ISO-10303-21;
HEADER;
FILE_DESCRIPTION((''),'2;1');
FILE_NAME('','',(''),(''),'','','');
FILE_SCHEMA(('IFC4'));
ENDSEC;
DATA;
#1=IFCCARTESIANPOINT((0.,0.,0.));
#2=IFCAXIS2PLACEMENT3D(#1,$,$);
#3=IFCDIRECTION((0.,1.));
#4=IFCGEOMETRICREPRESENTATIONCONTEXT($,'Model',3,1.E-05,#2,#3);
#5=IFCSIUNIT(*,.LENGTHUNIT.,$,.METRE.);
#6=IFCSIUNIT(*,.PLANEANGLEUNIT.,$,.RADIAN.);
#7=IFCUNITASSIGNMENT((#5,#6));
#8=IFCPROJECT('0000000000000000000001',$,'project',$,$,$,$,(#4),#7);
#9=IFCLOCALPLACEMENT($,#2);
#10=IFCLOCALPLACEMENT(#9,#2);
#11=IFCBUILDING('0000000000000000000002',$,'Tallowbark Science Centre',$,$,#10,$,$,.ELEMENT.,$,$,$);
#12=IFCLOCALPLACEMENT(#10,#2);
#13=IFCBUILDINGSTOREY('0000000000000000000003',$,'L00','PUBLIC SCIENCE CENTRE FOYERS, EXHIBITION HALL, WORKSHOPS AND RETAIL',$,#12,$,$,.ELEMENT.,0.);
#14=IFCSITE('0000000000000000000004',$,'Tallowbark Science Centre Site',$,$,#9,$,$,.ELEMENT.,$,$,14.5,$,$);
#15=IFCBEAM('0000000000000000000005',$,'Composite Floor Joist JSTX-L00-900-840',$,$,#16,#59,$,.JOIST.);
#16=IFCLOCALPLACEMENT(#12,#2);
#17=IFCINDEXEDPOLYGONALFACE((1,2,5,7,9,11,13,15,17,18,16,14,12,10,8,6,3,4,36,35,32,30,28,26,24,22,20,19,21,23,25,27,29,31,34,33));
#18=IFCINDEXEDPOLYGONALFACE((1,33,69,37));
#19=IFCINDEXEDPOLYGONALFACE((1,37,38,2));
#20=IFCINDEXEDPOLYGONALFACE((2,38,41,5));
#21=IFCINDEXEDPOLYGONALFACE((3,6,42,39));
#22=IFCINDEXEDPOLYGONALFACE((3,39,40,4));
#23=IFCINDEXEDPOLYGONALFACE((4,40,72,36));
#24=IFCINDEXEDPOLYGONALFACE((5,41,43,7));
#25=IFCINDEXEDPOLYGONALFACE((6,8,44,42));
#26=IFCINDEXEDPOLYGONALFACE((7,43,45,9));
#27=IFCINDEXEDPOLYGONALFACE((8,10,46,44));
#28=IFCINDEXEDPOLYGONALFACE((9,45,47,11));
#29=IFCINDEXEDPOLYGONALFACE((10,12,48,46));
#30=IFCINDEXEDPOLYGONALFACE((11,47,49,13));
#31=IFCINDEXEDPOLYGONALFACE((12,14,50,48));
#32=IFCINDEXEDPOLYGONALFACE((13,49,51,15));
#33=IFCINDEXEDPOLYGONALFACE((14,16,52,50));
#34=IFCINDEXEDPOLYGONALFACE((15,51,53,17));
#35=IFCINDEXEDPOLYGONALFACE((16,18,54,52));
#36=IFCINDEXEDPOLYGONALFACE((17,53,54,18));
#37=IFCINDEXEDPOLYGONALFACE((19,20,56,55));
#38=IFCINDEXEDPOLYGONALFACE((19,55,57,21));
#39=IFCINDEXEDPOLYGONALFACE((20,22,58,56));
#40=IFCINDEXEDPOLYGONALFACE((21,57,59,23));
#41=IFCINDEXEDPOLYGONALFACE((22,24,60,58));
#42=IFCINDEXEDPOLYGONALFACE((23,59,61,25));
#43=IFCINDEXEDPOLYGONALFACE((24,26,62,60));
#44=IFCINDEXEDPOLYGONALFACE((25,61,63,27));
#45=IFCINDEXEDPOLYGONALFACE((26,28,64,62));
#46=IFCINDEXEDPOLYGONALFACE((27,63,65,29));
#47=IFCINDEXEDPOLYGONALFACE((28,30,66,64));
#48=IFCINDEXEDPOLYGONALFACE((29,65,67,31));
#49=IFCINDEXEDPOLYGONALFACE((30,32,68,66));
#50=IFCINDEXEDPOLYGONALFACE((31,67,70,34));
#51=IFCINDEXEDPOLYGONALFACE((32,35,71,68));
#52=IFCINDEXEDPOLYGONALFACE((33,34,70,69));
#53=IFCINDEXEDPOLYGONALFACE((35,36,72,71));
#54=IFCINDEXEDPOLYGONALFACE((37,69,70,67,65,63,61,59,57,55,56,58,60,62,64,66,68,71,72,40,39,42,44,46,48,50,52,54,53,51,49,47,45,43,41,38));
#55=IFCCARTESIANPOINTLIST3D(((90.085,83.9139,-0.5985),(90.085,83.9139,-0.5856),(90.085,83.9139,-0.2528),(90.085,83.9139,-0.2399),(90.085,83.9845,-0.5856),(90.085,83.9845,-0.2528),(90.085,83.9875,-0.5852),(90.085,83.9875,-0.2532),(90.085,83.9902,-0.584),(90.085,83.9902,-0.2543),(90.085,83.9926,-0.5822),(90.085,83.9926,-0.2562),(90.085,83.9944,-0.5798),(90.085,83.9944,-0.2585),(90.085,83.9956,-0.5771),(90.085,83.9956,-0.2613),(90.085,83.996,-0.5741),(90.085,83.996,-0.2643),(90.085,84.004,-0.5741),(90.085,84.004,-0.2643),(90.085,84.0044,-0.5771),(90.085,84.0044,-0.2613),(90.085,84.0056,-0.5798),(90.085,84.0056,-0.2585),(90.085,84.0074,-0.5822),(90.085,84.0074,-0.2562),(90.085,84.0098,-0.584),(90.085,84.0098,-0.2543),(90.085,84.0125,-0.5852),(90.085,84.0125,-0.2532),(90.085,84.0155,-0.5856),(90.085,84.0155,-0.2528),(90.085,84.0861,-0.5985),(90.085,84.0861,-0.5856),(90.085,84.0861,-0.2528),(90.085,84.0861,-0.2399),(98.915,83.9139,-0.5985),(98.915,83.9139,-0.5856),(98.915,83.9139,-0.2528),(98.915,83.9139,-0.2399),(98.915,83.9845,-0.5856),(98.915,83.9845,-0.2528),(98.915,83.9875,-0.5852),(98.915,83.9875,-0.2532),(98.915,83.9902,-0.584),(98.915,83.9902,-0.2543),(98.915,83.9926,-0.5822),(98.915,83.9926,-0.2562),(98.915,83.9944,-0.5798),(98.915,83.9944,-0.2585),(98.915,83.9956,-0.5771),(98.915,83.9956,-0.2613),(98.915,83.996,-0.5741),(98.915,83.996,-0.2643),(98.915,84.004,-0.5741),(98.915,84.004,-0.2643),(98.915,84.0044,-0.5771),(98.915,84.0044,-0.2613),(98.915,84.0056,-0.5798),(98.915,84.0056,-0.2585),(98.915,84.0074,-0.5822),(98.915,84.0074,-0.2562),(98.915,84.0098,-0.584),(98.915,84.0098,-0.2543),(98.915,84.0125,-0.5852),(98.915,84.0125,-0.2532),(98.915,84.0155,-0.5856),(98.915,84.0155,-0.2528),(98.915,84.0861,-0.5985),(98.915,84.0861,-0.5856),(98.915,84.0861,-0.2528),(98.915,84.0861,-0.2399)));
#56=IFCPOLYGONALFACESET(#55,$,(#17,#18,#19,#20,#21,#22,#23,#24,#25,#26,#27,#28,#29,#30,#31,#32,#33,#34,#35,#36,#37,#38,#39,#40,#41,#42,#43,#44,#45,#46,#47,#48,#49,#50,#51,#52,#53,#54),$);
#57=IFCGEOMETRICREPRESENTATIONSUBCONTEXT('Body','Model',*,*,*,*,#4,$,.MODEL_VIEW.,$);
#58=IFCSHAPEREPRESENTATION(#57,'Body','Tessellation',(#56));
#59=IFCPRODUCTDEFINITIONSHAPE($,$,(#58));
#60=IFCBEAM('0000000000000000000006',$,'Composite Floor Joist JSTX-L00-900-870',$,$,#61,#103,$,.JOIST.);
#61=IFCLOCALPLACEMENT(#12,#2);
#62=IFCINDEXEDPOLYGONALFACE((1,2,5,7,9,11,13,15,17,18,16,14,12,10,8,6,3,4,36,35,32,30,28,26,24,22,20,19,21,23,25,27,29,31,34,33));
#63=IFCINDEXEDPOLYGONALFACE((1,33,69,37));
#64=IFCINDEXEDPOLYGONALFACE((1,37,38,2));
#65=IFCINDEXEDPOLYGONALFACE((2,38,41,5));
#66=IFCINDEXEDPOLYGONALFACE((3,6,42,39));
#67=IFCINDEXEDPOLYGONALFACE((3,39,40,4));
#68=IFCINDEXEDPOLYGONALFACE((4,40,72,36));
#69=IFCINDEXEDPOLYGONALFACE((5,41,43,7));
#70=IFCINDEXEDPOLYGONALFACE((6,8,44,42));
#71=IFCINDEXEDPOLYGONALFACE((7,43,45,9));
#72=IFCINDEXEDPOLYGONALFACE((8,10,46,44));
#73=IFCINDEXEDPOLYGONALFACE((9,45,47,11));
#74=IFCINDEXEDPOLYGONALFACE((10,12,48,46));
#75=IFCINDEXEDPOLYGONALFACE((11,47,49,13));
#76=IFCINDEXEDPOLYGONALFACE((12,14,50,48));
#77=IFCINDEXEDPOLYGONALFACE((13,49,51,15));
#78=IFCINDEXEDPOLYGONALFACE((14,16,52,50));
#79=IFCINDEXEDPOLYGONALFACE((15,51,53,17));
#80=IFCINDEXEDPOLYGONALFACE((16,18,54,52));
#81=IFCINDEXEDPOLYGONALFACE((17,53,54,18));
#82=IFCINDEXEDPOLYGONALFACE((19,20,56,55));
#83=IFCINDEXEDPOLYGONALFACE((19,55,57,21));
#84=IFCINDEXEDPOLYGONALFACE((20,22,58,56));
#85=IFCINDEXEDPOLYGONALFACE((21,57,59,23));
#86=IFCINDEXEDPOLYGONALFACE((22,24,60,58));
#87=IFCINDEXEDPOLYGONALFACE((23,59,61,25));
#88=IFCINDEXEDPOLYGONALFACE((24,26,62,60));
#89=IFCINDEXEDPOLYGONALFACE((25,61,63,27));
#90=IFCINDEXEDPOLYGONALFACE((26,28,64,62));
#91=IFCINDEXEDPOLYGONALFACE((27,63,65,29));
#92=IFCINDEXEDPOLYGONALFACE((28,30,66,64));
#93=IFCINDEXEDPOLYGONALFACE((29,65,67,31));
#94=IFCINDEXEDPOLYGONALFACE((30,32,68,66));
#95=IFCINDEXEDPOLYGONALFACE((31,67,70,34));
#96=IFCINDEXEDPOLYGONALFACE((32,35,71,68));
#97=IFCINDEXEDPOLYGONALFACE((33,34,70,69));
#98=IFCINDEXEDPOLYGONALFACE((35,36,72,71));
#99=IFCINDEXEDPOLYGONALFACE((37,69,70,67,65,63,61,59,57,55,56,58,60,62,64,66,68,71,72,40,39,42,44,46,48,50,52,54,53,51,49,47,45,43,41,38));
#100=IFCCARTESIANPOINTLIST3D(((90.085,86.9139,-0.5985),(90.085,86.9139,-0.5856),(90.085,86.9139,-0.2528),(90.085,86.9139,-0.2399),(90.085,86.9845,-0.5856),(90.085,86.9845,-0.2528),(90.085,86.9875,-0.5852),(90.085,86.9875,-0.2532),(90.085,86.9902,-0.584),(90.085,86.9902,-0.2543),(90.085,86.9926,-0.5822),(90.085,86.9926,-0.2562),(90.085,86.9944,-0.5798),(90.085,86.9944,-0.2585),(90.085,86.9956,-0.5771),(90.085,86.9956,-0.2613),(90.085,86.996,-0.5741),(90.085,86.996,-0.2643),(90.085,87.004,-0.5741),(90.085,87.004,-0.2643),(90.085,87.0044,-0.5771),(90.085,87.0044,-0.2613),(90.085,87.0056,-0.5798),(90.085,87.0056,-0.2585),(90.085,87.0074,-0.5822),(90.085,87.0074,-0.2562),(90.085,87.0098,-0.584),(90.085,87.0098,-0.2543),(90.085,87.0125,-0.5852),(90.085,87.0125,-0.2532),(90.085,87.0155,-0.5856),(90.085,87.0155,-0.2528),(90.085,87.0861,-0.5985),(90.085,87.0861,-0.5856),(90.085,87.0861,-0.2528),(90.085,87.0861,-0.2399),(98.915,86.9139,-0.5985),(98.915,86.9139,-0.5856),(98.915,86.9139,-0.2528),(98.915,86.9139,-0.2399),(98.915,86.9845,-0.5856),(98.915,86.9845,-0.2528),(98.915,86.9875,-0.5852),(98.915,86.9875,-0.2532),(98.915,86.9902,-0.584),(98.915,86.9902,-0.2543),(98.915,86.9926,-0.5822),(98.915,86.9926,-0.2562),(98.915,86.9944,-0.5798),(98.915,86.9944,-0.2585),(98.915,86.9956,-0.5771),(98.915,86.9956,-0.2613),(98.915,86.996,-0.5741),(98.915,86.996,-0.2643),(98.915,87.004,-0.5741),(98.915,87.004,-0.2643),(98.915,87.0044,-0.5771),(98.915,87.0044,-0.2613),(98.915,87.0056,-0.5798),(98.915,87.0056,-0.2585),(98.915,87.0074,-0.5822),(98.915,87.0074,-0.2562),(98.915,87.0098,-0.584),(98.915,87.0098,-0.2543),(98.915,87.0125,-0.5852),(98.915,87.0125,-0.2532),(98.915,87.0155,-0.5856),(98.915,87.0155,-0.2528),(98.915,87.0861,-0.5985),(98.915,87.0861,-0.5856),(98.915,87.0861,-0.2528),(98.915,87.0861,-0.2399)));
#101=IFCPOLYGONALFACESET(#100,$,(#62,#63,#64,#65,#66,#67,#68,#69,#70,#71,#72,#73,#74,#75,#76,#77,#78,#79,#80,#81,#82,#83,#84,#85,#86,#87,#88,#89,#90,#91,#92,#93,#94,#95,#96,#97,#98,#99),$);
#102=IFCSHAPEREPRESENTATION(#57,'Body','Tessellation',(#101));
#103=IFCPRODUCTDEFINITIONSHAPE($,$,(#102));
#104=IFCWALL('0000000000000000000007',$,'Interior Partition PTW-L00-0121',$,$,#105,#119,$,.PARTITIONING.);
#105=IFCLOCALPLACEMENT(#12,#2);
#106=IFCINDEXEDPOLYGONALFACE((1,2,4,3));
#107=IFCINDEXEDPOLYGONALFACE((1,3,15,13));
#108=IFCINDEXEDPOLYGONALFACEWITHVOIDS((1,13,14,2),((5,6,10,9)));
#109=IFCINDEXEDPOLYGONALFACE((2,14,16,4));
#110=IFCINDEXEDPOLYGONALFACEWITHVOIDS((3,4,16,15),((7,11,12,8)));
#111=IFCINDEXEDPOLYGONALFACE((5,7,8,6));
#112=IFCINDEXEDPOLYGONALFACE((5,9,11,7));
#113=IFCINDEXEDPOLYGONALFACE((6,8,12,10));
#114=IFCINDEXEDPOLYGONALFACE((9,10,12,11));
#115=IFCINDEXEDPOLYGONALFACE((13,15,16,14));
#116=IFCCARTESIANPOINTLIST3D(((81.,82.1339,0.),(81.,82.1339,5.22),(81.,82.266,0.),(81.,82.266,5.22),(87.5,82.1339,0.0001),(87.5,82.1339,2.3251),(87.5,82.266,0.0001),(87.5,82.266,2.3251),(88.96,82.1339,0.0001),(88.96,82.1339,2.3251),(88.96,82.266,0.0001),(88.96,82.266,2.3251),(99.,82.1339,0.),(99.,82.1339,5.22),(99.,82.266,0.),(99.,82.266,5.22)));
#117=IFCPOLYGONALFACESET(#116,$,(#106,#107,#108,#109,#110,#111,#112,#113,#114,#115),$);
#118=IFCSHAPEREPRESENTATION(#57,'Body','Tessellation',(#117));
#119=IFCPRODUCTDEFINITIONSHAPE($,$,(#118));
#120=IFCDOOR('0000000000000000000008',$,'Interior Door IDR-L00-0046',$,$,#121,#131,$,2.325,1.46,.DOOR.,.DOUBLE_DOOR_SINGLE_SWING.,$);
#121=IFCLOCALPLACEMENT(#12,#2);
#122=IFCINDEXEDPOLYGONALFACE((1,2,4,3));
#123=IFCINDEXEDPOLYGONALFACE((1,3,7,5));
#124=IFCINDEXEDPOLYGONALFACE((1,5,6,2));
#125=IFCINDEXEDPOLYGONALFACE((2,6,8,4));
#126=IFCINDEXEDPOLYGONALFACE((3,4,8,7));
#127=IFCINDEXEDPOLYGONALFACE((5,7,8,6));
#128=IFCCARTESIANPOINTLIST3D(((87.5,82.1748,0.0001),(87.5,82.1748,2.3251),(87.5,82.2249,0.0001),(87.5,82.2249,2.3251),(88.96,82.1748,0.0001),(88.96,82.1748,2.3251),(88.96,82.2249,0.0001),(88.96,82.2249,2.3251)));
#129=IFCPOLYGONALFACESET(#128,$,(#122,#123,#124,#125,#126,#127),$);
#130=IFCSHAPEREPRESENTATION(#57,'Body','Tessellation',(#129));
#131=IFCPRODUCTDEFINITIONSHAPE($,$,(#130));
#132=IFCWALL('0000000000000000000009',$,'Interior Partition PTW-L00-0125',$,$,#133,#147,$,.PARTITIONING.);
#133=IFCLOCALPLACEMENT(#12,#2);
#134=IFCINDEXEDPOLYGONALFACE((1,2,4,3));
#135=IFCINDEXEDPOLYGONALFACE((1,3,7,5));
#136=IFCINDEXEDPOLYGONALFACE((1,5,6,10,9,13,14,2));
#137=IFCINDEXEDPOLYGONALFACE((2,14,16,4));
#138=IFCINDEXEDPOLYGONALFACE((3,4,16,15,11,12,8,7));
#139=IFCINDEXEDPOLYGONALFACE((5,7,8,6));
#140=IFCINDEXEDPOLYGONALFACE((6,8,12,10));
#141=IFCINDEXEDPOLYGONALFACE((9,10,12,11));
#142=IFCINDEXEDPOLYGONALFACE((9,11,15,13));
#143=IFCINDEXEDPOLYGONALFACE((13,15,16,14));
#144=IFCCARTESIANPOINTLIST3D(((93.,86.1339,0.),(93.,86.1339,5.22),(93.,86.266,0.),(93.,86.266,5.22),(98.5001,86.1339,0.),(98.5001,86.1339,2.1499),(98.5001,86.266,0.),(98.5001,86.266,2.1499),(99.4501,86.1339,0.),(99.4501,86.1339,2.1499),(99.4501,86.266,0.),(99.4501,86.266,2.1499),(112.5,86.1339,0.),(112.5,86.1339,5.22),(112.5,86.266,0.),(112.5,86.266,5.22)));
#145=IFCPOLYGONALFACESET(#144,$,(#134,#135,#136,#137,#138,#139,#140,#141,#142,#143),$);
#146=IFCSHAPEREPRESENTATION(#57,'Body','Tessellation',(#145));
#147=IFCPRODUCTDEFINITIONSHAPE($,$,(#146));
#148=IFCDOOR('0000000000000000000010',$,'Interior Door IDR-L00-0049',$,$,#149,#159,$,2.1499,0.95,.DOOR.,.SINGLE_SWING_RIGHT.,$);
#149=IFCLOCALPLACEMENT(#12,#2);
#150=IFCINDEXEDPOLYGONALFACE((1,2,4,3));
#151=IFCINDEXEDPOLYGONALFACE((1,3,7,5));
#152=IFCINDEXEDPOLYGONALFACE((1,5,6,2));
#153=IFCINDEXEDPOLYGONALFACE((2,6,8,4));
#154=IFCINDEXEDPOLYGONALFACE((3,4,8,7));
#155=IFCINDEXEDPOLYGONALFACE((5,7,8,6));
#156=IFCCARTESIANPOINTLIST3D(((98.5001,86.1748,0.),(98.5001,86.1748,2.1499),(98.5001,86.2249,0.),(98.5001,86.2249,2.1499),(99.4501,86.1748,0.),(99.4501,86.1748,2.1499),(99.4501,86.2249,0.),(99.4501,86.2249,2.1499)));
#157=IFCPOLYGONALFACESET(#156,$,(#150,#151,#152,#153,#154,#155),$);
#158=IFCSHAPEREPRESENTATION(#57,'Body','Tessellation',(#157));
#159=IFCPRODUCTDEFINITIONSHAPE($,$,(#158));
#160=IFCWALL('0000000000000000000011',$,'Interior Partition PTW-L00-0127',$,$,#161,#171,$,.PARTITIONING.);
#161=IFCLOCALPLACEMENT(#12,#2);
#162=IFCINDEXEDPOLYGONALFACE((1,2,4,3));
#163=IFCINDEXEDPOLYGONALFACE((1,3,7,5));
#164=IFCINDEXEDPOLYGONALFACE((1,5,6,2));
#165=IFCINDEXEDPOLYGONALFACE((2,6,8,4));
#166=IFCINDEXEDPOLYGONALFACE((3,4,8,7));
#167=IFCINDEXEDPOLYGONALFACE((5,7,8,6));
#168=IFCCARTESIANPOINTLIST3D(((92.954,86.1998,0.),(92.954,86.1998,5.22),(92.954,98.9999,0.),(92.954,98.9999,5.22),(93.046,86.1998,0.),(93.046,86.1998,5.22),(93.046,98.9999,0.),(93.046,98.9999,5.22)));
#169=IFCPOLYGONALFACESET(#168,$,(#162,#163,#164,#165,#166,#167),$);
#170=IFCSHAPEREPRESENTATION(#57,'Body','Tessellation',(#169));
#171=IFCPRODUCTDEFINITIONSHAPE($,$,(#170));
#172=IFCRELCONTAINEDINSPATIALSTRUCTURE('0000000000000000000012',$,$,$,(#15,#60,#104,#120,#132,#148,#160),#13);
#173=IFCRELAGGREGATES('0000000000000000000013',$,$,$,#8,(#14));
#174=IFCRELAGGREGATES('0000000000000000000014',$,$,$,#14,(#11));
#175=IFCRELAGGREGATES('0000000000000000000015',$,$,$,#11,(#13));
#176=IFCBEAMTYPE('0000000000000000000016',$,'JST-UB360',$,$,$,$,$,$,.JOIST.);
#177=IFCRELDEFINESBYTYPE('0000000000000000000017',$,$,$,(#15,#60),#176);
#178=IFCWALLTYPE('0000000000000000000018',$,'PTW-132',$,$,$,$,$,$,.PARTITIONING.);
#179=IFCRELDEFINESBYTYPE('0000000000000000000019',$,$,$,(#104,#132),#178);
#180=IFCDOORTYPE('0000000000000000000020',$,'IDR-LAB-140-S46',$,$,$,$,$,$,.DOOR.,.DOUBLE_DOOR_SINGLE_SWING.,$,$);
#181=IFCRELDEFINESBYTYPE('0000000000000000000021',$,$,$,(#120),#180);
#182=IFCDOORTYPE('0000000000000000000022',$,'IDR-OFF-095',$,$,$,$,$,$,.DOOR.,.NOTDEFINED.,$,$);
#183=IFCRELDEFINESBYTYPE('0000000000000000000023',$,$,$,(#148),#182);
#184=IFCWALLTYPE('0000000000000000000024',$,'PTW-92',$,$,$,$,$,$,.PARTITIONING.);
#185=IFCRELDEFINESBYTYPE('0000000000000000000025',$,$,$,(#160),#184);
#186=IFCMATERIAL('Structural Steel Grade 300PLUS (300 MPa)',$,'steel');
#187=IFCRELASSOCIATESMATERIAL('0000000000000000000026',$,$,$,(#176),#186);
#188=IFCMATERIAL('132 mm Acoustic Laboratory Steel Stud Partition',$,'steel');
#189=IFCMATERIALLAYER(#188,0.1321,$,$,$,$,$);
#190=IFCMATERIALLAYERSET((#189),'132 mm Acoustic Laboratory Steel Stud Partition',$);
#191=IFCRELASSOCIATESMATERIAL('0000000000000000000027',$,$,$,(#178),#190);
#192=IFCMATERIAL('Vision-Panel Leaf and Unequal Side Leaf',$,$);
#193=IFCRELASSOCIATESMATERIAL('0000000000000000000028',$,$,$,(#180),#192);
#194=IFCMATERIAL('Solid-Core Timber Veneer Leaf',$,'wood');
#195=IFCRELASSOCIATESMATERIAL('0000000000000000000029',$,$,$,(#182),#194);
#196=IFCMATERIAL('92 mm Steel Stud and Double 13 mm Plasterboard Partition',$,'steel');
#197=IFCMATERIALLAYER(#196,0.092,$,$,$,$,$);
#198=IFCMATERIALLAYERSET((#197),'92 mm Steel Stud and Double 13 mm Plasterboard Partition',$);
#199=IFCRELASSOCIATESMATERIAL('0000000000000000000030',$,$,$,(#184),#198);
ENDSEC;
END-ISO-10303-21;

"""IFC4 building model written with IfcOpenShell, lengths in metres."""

from ifc_helpers import new_model, si_unit, direction, frame, frame_2d, origin, origin_2d, place, context, subcontext, project, spatial, rectangle, i_section, extrude, material, layer, layer_set, material_profile, profile_set, type_object, element, fill, save


model = new_model("IFC4")

# Units and contexts
model_context = context("Model", 3, precision=1e-05, world=origin(), true_north=direction((0.0, 1.0)))
body_context = subcontext(model_context, "Body", "Model", "MODEL_VIEW")
ifc_project = project(units=[si_unit("LENGTHUNIT", "METRE"), si_unit("PLANEANGLEUNIT", "RADIAN")], contexts=[model_context])

# Site, building, storey
site_placement = place(None, origin())
site = spatial("IfcSite", under=ifc_project, at=site_placement, Name="Tallowbark Science Centre Site", CompositionType="ELEMENT", RefElevation=14.5)
building_placement = place(site_placement, origin())
building = spatial("IfcBuilding", under=site, at=building_placement, Name="Tallowbark Science Centre", CompositionType="ELEMENT")
storey_placement = place(building_placement, origin())
storey = spatial("IfcBuildingStorey", under=building, at=storey_placement, Name="L00", Description="PUBLIC SCIENCE CENTRE FOYERS, EXHIBITION HALL, WORKSHOPS AND RETAIL", CompositionType="ELEMENT", Elevation=0.0)

# Shared definitions
ifc_material_1 = material(Name="Structural Steel Grade 300PLUS (300 MPa)", Category="steel")

# Beams
ifc_material_profile_1 = material_profile(ifc_material_1, i_section(OverallWidth=0.1721, OverallDepth=0.3586, WebThickness=0.0081, FlangeThickness=0.0129, FilletRadius=0.0115, at=origin_2d()), Name="360UB56.7")
ifc_profile_set_1 = profile_set([ifc_material_profile_1], Name="Structural Steel Grade 300PLUS (300 MPa)")
beam_type_1 = type_object("IfcBeamType", Name="JST-UB360", PredefinedType="JOIST", material=ifc_profile_set_1)
for number, where, z_axis, x_axis, name in (
    (1, (90.085, 84.0, -0.4192), (1.0, 0.0, 0.0), (0.0, 1.0, 0.0), "Composite Floor Joist JSTX-L00-900-840"),
    (2, (90.085, 87.0, -0.4192), (1.0, 0.0, 0.0), (0.0, 1.0, 0.0), "Composite Floor Joist JSTX-L00-900-870"),
):
    element("IfcBeam", number, at=place(storey_placement, frame(where, z_axis=z_axis, x_axis=x_axis)), inside=storey, type_object=beam_type_1, Name=name, PredefinedType="JOIST", context=body_context, shape_type="SweptSolid", body=[
        extrude(i_section(OverallWidth=0.1721, OverallDepth=0.3586, WebThickness=0.0081, FlangeThickness=0.0129, FilletRadius=0.0115, at=origin_2d()), origin(), (0.0, 0.0, 1.0), 8.8301),
    ])

# Walls, openings, doors
ifc_material_2 = material(Name="132 mm Acoustic Laboratory Steel Stud Partition", Category="steel")
ifc_layer_1 = layer(ifc_material_2, 0.1321)
ifc_layer_set_1 = layer_set([ifc_layer_1], Name="132 mm Acoustic Laboratory Steel Stud Partition")
wall_type_1 = type_object("IfcWallType", Name="PTW-132", PredefinedType="PARTITIONING", material=ifc_layer_set_1)
wall_1_placement = place(storey_placement, frame((81.0, 82.2, 0.0), z_axis=(0.0, 0.0, 1.0), x_axis=(1.0, 0.0, 0.0)))
wall_1 = element("IfcWall", 3, at=wall_1_placement, inside=storey, type_object=wall_type_1, Name="Interior Partition PTW-L00-0121", PredefinedType="PARTITIONING", context=body_context, shape_type="SweptSolid", body=[
    extrude(rectangle(XDim=18.0, YDim=0.1321, at=frame_2d((9.0, 0.0))), origin(), (0.0, 0.0, 1.0), 5.22),
])
opening_1_placement = place(wall_1_placement, frame((6.5, 0.0, 0.0)))
opening_1 = element("IfcOpeningElement", 4, at=opening_1_placement, cuts=wall_1, PredefinedType="OPENING", context=body_context, shape_type="SweptSolid", body=[
    extrude(rectangle(XDim=1.46, YDim=2.325, at=frame_2d((0.73, 1.1626))), frame((0.0, 0.0762, 0.0), z_axis=(0.0, -1.0, 0.0), x_axis=(1.0, 0.0, 0.0)), (0.0, 0.0, 1.0), 0.1521),
])
ifc_material_3 = material(Name="Vision-Panel Leaf and Unequal Side Leaf")
door_type_1 = type_object("IfcDoorType", Name="IDR-LAB-140-S46", OperationType="DOUBLE_DOOR_SINGLE_SWING", PredefinedType="DOOR", material=ifc_material_3)
door_1_placement = place(opening_1_placement, origin())
door_1 = element("IfcDoor", 5, at=door_1_placement, inside=storey, type_object=door_type_1, Name="Interior Door IDR-L00-0046", OperationType="DOUBLE_DOOR_SINGLE_SWING", OverallHeight=2.325, OverallWidth=1.46, PredefinedType="DOOR", context=body_context, shape_type="SweptSolid", body=[
    extrude(rectangle(XDim=1.46, YDim=2.325, at=frame_2d((0.73, 1.1626))), frame((0.0, 0.0249, 0.0), z_axis=(0.0, -1.0, 0.0), x_axis=(1.0, 0.0, 0.0)), (0.0, 0.0, 1.0), 0.05),
])
fill(opening_1, door_1)
wall_2_placement = place(storey_placement, frame((93.0, 86.2, 0.0), z_axis=(0.0, 0.0, 1.0), x_axis=(1.0, 0.0, 0.0)))
wall_2 = element("IfcWall", 6, at=wall_2_placement, inside=storey, type_object=wall_type_1, Name="Interior Partition PTW-L00-0125", PredefinedType="PARTITIONING", context=body_context, shape_type="SweptSolid", body=[
    extrude(rectangle(XDim=19.5, YDim=0.1321, at=frame_2d((9.75, 0.0))), origin(), (0.0, 0.0, 1.0), 5.22),
])
opening_2_placement = place(wall_2_placement, frame((5.5, 0.0, 0.0)))
opening_2 = element("IfcOpeningElement", 7, at=opening_2_placement, cuts=wall_2, PredefinedType="OPENING", context=body_context, shape_type="SweptSolid", body=[
    extrude(rectangle(XDim=0.95, YDim=2.1499, at=frame_2d((0.4751, 1.075))), frame((0.0, 0.0762, 0.0), z_axis=(0.0, -1.0, 0.0), x_axis=(1.0, 0.0, 0.0)), (0.0, 0.0, 1.0), 0.1521),
])
ifc_material_4 = material(Name="Solid-Core Timber Veneer Leaf", Category="wood")
door_type_2 = type_object("IfcDoorType", Name="IDR-OFF-095", OperationType="NOTDEFINED", PredefinedType="DOOR", material=ifc_material_4)
door_2_placement = place(opening_2_placement, origin())
door_2 = element("IfcDoor", 8, at=door_2_placement, inside=storey, type_object=door_type_2, Name="Interior Door IDR-L00-0049", OperationType="SINGLE_SWING_RIGHT", OverallHeight=2.1499, OverallWidth=0.95, PredefinedType="DOOR", context=body_context, shape_type="SweptSolid", body=[
    extrude(rectangle(XDim=0.95, YDim=2.1499, at=frame_2d((0.4751, 1.075))), frame((0.0, 0.0249, 0.0), z_axis=(0.0, -1.0, 0.0), x_axis=(1.0, 0.0, 0.0)), (0.0, 0.0, 1.0), 0.05),
])
fill(opening_2, door_2)

# Wall
ifc_material_5 = material(Name="92 mm Steel Stud and Double 13 mm Plasterboard Partition", Category="steel")
ifc_layer_2 = layer(ifc_material_5, 0.092)
ifc_layer_set_2 = layer_set([ifc_layer_2], Name="92 mm Steel Stud and Double 13 mm Plasterboard Partition")
wall_type_2 = type_object("IfcWallType", Name="PTW-92", PredefinedType="PARTITIONING", material=ifc_layer_set_2)
wall_3_placement = place(storey_placement, frame((93.0, 86.2, 0.0), z_axis=(0.0, 0.0, 1.0), x_axis=(0.0, 1.0, 0.0)))
element("IfcWall", 9, at=wall_3_placement, inside=storey, type_object=wall_type_2, Name="Interior Partition PTW-L00-0127", PredefinedType="PARTITIONING", context=body_context, shape_type="SweptSolid", body=[
    extrude(rectangle(XDim=12.8, YDim=0.092, at=frame_2d((6.3999, 0.0))), origin(), (0.0, 0.0, 1.0), 5.22),
])

save(model, "model.ifc")
